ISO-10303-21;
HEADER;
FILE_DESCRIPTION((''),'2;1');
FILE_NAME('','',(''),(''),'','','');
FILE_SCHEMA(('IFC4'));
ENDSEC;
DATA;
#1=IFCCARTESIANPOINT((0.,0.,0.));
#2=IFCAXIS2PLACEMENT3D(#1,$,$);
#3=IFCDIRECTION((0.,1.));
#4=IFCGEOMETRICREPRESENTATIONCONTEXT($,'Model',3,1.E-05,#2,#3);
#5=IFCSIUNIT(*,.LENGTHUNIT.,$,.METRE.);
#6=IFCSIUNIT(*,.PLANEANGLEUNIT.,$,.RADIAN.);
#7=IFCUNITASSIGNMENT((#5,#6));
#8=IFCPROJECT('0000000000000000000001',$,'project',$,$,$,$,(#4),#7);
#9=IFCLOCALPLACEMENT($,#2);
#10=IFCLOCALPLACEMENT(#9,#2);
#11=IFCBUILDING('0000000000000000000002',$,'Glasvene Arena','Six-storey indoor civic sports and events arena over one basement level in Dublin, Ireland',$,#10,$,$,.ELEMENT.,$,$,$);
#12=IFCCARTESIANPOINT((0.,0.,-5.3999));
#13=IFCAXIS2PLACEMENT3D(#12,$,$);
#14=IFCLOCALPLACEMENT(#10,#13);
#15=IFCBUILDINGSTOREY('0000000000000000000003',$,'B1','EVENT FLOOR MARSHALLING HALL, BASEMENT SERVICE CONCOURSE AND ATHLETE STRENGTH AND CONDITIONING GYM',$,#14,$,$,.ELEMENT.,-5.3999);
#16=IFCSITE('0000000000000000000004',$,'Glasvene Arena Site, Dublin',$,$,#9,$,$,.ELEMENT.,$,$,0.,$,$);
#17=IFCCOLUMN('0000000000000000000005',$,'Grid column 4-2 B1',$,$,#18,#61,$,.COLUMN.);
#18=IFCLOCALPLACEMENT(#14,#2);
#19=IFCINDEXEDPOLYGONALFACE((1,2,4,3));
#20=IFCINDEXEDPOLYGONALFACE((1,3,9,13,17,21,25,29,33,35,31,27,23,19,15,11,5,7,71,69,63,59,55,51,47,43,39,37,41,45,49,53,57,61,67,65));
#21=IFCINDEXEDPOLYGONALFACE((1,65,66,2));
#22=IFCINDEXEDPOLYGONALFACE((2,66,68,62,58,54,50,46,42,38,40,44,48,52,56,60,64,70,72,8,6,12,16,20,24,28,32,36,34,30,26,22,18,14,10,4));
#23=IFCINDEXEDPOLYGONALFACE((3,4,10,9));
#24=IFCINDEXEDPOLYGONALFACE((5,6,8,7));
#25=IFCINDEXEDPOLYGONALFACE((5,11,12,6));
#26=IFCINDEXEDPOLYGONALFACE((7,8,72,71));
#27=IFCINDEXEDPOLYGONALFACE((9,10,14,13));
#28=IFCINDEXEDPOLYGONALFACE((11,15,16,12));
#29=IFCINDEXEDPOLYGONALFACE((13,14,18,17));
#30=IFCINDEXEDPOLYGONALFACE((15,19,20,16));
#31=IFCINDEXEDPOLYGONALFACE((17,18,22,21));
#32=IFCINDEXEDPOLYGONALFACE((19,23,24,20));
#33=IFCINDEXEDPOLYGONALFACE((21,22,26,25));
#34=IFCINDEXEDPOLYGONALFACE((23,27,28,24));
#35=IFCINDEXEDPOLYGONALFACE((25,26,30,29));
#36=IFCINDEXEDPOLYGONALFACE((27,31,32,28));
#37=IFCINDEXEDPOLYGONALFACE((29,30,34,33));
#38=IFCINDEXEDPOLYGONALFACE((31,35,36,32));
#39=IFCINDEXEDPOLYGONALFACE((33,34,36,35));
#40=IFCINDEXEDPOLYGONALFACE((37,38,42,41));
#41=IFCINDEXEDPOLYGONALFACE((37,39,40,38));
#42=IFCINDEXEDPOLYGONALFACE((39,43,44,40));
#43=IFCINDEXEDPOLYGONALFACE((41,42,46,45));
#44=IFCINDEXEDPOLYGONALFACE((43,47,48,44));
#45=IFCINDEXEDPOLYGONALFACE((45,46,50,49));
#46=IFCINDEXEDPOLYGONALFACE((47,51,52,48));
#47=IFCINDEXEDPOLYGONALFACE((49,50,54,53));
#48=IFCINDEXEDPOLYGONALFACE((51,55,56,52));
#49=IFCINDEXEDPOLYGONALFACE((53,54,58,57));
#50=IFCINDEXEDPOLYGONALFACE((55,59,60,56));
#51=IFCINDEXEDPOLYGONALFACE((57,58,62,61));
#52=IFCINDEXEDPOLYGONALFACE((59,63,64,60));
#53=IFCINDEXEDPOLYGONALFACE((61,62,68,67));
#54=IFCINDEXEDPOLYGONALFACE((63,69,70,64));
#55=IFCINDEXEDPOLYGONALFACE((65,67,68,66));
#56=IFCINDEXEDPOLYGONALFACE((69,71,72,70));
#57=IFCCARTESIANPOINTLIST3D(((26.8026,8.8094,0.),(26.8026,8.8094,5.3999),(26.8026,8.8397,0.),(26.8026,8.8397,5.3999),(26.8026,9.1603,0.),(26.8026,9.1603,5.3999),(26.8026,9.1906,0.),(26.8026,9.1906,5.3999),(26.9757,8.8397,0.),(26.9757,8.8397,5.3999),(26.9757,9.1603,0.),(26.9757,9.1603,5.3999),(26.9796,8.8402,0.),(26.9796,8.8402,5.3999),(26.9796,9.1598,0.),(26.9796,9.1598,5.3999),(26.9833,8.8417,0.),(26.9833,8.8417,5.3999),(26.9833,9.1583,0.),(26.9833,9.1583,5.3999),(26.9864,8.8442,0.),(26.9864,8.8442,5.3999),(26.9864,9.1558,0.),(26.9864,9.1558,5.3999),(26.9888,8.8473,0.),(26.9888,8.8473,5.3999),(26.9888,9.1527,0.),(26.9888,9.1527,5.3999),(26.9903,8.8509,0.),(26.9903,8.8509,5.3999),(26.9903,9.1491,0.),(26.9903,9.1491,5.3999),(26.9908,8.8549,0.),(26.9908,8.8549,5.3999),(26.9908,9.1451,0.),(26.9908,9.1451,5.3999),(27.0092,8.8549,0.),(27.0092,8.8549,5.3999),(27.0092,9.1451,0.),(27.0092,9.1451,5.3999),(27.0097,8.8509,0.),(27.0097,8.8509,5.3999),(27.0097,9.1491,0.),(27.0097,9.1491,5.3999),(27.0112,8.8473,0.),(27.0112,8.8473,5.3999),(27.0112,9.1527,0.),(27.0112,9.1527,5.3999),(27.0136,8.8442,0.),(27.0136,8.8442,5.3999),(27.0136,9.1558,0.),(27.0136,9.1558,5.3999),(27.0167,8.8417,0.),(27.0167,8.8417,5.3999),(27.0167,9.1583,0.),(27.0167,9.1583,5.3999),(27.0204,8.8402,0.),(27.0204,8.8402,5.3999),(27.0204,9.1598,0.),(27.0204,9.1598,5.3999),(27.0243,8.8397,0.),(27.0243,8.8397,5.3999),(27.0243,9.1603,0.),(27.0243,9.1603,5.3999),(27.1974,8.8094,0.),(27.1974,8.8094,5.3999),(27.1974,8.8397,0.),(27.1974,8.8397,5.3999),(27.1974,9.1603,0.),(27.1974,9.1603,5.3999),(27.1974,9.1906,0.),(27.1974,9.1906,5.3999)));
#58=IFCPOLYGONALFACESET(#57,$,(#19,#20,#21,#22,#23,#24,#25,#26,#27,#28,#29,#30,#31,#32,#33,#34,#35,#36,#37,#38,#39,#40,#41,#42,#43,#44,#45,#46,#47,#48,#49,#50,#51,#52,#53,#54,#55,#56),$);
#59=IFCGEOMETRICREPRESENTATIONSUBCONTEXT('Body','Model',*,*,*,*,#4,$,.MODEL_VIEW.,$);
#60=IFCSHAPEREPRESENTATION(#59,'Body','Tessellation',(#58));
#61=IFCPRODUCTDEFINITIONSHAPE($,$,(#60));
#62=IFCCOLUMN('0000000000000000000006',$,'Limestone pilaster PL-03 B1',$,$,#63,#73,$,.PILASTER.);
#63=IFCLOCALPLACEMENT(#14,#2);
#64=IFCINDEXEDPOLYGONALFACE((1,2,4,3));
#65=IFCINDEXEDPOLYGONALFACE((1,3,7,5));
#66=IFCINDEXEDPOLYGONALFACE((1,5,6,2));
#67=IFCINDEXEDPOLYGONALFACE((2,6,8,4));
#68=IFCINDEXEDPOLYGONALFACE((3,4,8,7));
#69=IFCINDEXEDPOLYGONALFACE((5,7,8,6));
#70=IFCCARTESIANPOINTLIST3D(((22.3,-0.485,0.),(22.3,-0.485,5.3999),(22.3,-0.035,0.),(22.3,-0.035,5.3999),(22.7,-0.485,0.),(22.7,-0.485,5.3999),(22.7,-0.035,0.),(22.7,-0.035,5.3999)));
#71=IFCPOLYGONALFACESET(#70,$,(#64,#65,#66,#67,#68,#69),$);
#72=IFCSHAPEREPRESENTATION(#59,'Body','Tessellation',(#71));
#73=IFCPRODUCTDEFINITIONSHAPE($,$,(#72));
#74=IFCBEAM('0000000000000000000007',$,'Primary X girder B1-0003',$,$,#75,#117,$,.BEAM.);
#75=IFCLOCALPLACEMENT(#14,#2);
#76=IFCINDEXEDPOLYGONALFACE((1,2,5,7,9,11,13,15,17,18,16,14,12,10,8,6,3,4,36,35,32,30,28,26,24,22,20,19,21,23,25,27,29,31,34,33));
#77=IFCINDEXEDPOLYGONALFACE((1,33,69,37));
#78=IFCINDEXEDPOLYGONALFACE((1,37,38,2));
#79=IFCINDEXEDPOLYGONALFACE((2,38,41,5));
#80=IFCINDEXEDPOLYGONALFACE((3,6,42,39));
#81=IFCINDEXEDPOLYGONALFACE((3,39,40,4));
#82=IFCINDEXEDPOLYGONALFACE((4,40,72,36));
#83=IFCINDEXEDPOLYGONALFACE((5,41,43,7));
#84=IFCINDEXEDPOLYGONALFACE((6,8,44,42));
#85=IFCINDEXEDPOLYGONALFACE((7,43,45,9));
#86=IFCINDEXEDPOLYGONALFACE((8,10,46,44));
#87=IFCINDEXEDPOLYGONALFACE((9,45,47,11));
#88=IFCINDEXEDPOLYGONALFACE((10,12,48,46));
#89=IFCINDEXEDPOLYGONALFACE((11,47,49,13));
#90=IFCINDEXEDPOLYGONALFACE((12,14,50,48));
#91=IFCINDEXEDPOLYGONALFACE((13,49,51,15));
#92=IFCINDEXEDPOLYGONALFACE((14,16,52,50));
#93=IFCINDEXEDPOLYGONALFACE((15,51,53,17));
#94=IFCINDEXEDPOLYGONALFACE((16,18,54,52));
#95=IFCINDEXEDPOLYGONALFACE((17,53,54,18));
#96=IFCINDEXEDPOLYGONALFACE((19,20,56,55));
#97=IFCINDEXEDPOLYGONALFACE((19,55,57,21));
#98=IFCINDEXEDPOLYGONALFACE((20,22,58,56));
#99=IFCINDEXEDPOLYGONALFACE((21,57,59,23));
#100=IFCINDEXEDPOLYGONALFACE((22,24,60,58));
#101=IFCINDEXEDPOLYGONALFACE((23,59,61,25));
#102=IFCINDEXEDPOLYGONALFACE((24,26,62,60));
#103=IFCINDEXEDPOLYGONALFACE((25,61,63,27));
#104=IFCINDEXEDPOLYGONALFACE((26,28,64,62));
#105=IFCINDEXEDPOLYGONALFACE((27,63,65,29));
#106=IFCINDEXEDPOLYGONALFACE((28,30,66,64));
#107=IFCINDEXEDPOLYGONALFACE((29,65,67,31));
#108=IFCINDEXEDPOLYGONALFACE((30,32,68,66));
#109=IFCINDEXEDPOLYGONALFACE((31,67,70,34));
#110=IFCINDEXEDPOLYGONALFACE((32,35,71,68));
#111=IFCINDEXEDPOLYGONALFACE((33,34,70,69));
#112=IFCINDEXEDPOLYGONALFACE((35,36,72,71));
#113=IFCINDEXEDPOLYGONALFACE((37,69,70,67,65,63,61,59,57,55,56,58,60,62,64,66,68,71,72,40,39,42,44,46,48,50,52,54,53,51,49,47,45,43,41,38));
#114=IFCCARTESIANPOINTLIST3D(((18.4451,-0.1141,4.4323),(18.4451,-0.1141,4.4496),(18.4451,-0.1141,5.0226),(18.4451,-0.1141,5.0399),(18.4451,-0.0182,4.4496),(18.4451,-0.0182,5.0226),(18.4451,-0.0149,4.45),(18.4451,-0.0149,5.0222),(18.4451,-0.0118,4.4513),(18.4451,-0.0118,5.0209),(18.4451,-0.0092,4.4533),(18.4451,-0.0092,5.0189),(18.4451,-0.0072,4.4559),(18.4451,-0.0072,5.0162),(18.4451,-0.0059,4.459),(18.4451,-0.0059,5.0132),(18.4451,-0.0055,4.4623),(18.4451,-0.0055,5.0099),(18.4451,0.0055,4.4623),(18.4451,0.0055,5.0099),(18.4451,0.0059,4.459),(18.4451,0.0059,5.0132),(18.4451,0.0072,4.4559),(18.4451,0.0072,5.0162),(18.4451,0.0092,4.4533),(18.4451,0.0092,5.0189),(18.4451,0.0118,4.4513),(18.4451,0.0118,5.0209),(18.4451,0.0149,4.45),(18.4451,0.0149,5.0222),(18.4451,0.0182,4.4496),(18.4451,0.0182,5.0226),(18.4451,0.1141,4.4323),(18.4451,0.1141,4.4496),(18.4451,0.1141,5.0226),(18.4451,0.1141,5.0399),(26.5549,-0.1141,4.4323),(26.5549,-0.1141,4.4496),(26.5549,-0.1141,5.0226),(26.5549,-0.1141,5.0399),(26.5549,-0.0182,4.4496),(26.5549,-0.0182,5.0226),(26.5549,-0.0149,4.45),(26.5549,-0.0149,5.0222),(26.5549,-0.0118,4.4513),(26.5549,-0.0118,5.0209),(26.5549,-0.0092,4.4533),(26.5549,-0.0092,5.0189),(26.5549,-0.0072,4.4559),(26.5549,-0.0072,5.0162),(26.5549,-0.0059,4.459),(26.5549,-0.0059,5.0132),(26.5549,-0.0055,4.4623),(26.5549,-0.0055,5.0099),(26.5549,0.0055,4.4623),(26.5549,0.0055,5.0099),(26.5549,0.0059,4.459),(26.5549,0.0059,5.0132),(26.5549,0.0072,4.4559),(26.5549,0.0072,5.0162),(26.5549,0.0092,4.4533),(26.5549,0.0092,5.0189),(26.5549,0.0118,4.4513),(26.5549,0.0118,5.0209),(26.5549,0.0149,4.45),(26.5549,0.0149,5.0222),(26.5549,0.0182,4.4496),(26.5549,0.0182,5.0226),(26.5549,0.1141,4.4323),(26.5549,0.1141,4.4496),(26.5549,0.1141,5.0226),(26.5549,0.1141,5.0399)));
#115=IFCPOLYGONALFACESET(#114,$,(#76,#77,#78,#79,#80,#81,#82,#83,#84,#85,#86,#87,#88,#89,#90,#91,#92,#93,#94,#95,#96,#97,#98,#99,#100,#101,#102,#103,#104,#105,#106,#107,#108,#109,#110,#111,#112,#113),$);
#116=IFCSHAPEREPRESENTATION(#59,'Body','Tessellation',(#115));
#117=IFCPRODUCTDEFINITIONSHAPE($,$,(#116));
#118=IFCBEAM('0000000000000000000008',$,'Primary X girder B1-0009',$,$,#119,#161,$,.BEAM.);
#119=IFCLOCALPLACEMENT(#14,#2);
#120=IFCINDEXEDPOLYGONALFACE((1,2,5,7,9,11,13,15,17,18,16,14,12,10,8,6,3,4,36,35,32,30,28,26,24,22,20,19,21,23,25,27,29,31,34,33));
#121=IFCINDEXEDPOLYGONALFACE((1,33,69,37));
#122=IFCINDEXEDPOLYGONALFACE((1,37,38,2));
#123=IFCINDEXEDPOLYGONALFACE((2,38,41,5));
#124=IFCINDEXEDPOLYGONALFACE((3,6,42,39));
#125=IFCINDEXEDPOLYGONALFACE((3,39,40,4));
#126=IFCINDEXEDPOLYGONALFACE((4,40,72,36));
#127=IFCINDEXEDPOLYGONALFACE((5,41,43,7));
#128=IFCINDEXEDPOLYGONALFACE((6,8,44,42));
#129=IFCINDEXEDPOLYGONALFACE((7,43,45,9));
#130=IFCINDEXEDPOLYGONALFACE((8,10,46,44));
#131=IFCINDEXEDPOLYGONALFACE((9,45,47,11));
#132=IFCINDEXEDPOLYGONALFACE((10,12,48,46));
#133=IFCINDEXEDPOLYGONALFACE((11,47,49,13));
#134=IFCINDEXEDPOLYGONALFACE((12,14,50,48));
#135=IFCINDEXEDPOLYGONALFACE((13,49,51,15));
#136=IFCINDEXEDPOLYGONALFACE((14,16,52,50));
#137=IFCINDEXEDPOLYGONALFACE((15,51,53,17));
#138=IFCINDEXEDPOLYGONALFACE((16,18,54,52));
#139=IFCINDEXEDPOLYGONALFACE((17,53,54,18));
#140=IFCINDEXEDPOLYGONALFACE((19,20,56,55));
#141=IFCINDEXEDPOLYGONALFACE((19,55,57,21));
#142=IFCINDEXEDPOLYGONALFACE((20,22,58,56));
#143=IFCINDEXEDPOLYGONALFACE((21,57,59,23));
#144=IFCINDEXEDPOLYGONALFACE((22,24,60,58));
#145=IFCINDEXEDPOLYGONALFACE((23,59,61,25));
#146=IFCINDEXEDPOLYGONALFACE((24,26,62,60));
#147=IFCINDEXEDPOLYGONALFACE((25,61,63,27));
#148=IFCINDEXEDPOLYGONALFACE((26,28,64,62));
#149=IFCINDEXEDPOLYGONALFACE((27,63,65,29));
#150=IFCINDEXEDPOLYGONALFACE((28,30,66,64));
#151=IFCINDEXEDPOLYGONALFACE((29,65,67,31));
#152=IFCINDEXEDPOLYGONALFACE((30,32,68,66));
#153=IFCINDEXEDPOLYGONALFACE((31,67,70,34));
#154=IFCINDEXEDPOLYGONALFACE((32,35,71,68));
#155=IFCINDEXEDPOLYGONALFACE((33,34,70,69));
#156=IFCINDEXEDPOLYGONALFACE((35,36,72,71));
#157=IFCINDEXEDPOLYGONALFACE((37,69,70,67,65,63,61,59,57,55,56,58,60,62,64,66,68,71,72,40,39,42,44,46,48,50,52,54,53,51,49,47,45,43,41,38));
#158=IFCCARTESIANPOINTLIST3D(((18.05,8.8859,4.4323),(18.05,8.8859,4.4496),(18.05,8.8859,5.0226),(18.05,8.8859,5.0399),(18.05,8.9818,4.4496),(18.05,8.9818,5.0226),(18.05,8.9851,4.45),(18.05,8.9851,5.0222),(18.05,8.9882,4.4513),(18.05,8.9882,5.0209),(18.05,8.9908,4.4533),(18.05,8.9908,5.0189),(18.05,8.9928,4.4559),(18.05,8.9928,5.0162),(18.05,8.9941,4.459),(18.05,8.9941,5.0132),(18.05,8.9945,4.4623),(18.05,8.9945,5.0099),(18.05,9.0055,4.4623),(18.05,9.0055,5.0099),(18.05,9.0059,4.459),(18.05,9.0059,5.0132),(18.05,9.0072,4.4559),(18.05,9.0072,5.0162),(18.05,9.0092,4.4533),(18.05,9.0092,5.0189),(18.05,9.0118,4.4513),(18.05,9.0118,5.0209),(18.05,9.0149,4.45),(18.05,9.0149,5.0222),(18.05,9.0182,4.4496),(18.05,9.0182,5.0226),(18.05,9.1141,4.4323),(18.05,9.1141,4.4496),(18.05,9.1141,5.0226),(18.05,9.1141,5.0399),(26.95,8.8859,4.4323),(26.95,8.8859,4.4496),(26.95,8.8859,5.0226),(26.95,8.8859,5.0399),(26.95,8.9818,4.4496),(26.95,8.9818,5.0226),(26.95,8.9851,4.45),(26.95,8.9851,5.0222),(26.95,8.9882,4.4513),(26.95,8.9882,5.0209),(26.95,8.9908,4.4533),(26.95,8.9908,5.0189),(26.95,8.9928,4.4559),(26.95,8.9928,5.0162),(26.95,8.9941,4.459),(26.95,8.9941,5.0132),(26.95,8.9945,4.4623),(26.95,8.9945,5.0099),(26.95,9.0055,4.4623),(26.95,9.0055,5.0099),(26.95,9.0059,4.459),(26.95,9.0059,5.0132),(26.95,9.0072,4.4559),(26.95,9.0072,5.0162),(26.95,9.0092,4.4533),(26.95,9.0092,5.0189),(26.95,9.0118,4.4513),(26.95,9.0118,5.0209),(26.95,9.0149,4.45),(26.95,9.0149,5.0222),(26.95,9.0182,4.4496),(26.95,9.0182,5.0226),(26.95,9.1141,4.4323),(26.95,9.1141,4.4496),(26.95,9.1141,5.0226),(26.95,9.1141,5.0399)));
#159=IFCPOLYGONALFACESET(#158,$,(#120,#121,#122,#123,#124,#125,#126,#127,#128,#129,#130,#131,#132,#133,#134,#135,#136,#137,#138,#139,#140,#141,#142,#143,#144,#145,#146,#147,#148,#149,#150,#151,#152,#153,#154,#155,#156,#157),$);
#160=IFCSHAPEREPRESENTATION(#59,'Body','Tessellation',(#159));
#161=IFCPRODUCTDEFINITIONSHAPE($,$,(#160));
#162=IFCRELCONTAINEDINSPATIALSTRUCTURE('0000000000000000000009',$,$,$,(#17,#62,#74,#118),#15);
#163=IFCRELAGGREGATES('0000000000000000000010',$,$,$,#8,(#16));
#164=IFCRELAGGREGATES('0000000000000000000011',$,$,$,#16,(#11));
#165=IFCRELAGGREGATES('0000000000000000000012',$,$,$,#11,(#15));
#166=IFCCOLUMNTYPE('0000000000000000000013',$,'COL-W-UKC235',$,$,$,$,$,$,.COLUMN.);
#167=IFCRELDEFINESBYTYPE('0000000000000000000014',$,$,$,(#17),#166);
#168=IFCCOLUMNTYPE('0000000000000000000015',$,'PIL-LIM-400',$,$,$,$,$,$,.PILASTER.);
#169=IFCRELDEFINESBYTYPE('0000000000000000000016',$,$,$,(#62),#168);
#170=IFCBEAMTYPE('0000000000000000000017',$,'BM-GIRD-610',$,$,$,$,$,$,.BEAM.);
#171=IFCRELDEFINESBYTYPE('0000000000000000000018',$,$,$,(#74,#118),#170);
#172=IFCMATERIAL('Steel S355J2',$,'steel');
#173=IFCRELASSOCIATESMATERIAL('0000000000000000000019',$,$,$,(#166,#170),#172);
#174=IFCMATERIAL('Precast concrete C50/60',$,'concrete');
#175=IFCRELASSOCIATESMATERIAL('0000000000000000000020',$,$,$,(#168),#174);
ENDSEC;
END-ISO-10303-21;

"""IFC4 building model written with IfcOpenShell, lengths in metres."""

from ifc_helpers import new_model, si_unit, direction, frame, origin, origin_2d, place, context, subcontext, project, spatial, rectangle, i_section, extrude, material, material_profile, profile_set, type_object, element, save


model = new_model("IFC4")

# Units and contexts
model_context = context("Model", 3, precision=1e-05, world=origin(), true_north=direction((0.0, 1.0)))
body_context = subcontext(model_context, "Body", "Model", "MODEL_VIEW")
ifc_project = project(units=[si_unit("LENGTHUNIT", "METRE"), si_unit("PLANEANGLEUNIT", "RADIAN")], contexts=[model_context])

# Site, building, storey
site_placement = place(None, origin())
site = spatial("IfcSite", under=ifc_project, at=site_placement, Name="Glasvene Arena Site, Dublin", CompositionType="ELEMENT", RefElevation=0.0)
building_placement = place(site_placement, origin())
building = spatial("IfcBuilding", under=site, at=building_placement, Name="Glasvene Arena", Description="Six-storey indoor civic sports and events arena over one basement level in Dublin, Ireland", CompositionType="ELEMENT")
storey_placement = place(building_placement, frame((0.0, 0.0, -5.3999)))
storey = spatial("IfcBuildingStorey", under=building, at=storey_placement, Name="B1", Description="EVENT FLOOR MARSHALLING HALL, BASEMENT SERVICE CONCOURSE AND ATHLETE STRENGTH AND CONDITIONING GYM", CompositionType="ELEMENT", Elevation=-5.3999)

# Columns
ifc_material_1 = material(Name="Steel S355J2", Category="steel")
ifc_material_profile_1 = material_profile(ifc_material_1, i_section(OverallWidth=0.3948, OverallDepth=0.3811, WebThickness=0.0183, FlangeThickness=0.0303, FilletRadius=0.0151, at=origin_2d()), Name="UKC 356x406x235")
ifc_profile_set_1 = profile_set([ifc_material_profile_1], Name="Steel S355J2")
column_type_1 = type_object("IfcColumnType", Name="COL-W-UKC235", PredefinedType="COLUMN", material=ifc_profile_set_1)
column_1_placement = place(storey_placement, frame((27.0, 9.0, 0.0), z_axis=(0.0, 0.0, 1.0), x_axis=(1.0, 0.0, 0.0)))
element("IfcColumn", 1, at=column_1_placement, inside=storey, type_object=column_type_1, Name="Grid column 4-2 B1", PredefinedType="COLUMN", context=body_context, shape_type="SweptSolid", body=[
    extrude(i_section(OverallWidth=0.3948, OverallDepth=0.3811, WebThickness=0.0183, FlangeThickness=0.0303, FilletRadius=0.0151, at=origin_2d()), origin(), (0.0, 0.0, 1.0), 5.3999),
])
ifc_material_2 = material(Name="Precast concrete C50/60", Category="concrete")
ifc_material_profile_2 = material_profile(ifc_material_2, rectangle(XDim=0.3999, YDim=0.45, at=origin_2d()), Name="RC 400x450")
ifc_profile_set_2 = profile_set([ifc_material_profile_2], Name="Precast concrete C50/60")
column_type_2 = type_object("IfcColumnType", Name="PIL-LIM-400", PredefinedType="PILASTER", material=ifc_profile_set_2)
column_2_placement = place(storey_placement, frame((22.5, -0.26, 0.0), z_axis=(0.0, 0.0, 1.0), x_axis=(1.0, 0.0, 0.0)))
element("IfcColumn", 2, at=column_2_placement, inside=storey, type_object=column_type_2, Name="Limestone pilaster PL-03 B1", PredefinedType="PILASTER", context=body_context, shape_type="SweptSolid", body=[
    extrude(rectangle(XDim=0.3999, YDim=0.45, at=origin_2d()), origin(), (0.0, 0.0, 1.0), 5.3999),
])

# Beams
ifc_material_profile_3 = material_profile(ifc_material_1, i_section(OverallWidth=0.2283, OverallDepth=0.6077, WebThickness=0.011, FlangeThickness=0.0173, FilletRadius=0.0127, at=origin_2d()), Name="UKB 610x229x113")
ifc_profile_set_3 = profile_set([ifc_material_profile_3], Name="Steel S355J2")
beam_type_1 = type_object("IfcBeamType", Name="BM-GIRD-610", PredefinedType="BEAM", material=ifc_profile_set_3)
beam_1_placement = place(storey_placement, frame((18.4451, 0.0, 4.7361), z_axis=(1.0, 0.0, 0.0), x_axis=(0.0, 1.0, 0.0)))
element("IfcBeam", 3, at=beam_1_placement, inside=storey, type_object=beam_type_1, Name="Primary X girder B1-0003", PredefinedType="BEAM", context=body_context, shape_type="SweptSolid", body=[
    extrude(i_section(OverallWidth=0.2283, OverallDepth=0.6077, WebThickness=0.011, FlangeThickness=0.0173, FilletRadius=0.0127, at=origin_2d()), origin(), (0.0, 0.0, 1.0), 8.1099),
])
for number, where, z_axis, x_axis, name in (
    (4, (18.05, 9.0, 4.7361), (1.0, 0.0, 0.0), (0.0, 1.0, 0.0), "Primary X girder B1-0009"),
):
    element("IfcBeam", number, at=place(storey_placement, frame(where, z_axis=z_axis, x_axis=x_axis)), inside=storey, type_object=beam_type_1, Name=name, PredefinedType="BEAM", context=body_context, shape_type="SweptSolid", body=[
        extrude(i_section(OverallWidth=0.2283, OverallDepth=0.6077, WebThickness=0.011, FlangeThickness=0.0173, FilletRadius=0.0127, at=origin_2d()), origin(), (0.0, 0.0, 1.0), 8.8999),
    ])

save(model, "model.ifc")
